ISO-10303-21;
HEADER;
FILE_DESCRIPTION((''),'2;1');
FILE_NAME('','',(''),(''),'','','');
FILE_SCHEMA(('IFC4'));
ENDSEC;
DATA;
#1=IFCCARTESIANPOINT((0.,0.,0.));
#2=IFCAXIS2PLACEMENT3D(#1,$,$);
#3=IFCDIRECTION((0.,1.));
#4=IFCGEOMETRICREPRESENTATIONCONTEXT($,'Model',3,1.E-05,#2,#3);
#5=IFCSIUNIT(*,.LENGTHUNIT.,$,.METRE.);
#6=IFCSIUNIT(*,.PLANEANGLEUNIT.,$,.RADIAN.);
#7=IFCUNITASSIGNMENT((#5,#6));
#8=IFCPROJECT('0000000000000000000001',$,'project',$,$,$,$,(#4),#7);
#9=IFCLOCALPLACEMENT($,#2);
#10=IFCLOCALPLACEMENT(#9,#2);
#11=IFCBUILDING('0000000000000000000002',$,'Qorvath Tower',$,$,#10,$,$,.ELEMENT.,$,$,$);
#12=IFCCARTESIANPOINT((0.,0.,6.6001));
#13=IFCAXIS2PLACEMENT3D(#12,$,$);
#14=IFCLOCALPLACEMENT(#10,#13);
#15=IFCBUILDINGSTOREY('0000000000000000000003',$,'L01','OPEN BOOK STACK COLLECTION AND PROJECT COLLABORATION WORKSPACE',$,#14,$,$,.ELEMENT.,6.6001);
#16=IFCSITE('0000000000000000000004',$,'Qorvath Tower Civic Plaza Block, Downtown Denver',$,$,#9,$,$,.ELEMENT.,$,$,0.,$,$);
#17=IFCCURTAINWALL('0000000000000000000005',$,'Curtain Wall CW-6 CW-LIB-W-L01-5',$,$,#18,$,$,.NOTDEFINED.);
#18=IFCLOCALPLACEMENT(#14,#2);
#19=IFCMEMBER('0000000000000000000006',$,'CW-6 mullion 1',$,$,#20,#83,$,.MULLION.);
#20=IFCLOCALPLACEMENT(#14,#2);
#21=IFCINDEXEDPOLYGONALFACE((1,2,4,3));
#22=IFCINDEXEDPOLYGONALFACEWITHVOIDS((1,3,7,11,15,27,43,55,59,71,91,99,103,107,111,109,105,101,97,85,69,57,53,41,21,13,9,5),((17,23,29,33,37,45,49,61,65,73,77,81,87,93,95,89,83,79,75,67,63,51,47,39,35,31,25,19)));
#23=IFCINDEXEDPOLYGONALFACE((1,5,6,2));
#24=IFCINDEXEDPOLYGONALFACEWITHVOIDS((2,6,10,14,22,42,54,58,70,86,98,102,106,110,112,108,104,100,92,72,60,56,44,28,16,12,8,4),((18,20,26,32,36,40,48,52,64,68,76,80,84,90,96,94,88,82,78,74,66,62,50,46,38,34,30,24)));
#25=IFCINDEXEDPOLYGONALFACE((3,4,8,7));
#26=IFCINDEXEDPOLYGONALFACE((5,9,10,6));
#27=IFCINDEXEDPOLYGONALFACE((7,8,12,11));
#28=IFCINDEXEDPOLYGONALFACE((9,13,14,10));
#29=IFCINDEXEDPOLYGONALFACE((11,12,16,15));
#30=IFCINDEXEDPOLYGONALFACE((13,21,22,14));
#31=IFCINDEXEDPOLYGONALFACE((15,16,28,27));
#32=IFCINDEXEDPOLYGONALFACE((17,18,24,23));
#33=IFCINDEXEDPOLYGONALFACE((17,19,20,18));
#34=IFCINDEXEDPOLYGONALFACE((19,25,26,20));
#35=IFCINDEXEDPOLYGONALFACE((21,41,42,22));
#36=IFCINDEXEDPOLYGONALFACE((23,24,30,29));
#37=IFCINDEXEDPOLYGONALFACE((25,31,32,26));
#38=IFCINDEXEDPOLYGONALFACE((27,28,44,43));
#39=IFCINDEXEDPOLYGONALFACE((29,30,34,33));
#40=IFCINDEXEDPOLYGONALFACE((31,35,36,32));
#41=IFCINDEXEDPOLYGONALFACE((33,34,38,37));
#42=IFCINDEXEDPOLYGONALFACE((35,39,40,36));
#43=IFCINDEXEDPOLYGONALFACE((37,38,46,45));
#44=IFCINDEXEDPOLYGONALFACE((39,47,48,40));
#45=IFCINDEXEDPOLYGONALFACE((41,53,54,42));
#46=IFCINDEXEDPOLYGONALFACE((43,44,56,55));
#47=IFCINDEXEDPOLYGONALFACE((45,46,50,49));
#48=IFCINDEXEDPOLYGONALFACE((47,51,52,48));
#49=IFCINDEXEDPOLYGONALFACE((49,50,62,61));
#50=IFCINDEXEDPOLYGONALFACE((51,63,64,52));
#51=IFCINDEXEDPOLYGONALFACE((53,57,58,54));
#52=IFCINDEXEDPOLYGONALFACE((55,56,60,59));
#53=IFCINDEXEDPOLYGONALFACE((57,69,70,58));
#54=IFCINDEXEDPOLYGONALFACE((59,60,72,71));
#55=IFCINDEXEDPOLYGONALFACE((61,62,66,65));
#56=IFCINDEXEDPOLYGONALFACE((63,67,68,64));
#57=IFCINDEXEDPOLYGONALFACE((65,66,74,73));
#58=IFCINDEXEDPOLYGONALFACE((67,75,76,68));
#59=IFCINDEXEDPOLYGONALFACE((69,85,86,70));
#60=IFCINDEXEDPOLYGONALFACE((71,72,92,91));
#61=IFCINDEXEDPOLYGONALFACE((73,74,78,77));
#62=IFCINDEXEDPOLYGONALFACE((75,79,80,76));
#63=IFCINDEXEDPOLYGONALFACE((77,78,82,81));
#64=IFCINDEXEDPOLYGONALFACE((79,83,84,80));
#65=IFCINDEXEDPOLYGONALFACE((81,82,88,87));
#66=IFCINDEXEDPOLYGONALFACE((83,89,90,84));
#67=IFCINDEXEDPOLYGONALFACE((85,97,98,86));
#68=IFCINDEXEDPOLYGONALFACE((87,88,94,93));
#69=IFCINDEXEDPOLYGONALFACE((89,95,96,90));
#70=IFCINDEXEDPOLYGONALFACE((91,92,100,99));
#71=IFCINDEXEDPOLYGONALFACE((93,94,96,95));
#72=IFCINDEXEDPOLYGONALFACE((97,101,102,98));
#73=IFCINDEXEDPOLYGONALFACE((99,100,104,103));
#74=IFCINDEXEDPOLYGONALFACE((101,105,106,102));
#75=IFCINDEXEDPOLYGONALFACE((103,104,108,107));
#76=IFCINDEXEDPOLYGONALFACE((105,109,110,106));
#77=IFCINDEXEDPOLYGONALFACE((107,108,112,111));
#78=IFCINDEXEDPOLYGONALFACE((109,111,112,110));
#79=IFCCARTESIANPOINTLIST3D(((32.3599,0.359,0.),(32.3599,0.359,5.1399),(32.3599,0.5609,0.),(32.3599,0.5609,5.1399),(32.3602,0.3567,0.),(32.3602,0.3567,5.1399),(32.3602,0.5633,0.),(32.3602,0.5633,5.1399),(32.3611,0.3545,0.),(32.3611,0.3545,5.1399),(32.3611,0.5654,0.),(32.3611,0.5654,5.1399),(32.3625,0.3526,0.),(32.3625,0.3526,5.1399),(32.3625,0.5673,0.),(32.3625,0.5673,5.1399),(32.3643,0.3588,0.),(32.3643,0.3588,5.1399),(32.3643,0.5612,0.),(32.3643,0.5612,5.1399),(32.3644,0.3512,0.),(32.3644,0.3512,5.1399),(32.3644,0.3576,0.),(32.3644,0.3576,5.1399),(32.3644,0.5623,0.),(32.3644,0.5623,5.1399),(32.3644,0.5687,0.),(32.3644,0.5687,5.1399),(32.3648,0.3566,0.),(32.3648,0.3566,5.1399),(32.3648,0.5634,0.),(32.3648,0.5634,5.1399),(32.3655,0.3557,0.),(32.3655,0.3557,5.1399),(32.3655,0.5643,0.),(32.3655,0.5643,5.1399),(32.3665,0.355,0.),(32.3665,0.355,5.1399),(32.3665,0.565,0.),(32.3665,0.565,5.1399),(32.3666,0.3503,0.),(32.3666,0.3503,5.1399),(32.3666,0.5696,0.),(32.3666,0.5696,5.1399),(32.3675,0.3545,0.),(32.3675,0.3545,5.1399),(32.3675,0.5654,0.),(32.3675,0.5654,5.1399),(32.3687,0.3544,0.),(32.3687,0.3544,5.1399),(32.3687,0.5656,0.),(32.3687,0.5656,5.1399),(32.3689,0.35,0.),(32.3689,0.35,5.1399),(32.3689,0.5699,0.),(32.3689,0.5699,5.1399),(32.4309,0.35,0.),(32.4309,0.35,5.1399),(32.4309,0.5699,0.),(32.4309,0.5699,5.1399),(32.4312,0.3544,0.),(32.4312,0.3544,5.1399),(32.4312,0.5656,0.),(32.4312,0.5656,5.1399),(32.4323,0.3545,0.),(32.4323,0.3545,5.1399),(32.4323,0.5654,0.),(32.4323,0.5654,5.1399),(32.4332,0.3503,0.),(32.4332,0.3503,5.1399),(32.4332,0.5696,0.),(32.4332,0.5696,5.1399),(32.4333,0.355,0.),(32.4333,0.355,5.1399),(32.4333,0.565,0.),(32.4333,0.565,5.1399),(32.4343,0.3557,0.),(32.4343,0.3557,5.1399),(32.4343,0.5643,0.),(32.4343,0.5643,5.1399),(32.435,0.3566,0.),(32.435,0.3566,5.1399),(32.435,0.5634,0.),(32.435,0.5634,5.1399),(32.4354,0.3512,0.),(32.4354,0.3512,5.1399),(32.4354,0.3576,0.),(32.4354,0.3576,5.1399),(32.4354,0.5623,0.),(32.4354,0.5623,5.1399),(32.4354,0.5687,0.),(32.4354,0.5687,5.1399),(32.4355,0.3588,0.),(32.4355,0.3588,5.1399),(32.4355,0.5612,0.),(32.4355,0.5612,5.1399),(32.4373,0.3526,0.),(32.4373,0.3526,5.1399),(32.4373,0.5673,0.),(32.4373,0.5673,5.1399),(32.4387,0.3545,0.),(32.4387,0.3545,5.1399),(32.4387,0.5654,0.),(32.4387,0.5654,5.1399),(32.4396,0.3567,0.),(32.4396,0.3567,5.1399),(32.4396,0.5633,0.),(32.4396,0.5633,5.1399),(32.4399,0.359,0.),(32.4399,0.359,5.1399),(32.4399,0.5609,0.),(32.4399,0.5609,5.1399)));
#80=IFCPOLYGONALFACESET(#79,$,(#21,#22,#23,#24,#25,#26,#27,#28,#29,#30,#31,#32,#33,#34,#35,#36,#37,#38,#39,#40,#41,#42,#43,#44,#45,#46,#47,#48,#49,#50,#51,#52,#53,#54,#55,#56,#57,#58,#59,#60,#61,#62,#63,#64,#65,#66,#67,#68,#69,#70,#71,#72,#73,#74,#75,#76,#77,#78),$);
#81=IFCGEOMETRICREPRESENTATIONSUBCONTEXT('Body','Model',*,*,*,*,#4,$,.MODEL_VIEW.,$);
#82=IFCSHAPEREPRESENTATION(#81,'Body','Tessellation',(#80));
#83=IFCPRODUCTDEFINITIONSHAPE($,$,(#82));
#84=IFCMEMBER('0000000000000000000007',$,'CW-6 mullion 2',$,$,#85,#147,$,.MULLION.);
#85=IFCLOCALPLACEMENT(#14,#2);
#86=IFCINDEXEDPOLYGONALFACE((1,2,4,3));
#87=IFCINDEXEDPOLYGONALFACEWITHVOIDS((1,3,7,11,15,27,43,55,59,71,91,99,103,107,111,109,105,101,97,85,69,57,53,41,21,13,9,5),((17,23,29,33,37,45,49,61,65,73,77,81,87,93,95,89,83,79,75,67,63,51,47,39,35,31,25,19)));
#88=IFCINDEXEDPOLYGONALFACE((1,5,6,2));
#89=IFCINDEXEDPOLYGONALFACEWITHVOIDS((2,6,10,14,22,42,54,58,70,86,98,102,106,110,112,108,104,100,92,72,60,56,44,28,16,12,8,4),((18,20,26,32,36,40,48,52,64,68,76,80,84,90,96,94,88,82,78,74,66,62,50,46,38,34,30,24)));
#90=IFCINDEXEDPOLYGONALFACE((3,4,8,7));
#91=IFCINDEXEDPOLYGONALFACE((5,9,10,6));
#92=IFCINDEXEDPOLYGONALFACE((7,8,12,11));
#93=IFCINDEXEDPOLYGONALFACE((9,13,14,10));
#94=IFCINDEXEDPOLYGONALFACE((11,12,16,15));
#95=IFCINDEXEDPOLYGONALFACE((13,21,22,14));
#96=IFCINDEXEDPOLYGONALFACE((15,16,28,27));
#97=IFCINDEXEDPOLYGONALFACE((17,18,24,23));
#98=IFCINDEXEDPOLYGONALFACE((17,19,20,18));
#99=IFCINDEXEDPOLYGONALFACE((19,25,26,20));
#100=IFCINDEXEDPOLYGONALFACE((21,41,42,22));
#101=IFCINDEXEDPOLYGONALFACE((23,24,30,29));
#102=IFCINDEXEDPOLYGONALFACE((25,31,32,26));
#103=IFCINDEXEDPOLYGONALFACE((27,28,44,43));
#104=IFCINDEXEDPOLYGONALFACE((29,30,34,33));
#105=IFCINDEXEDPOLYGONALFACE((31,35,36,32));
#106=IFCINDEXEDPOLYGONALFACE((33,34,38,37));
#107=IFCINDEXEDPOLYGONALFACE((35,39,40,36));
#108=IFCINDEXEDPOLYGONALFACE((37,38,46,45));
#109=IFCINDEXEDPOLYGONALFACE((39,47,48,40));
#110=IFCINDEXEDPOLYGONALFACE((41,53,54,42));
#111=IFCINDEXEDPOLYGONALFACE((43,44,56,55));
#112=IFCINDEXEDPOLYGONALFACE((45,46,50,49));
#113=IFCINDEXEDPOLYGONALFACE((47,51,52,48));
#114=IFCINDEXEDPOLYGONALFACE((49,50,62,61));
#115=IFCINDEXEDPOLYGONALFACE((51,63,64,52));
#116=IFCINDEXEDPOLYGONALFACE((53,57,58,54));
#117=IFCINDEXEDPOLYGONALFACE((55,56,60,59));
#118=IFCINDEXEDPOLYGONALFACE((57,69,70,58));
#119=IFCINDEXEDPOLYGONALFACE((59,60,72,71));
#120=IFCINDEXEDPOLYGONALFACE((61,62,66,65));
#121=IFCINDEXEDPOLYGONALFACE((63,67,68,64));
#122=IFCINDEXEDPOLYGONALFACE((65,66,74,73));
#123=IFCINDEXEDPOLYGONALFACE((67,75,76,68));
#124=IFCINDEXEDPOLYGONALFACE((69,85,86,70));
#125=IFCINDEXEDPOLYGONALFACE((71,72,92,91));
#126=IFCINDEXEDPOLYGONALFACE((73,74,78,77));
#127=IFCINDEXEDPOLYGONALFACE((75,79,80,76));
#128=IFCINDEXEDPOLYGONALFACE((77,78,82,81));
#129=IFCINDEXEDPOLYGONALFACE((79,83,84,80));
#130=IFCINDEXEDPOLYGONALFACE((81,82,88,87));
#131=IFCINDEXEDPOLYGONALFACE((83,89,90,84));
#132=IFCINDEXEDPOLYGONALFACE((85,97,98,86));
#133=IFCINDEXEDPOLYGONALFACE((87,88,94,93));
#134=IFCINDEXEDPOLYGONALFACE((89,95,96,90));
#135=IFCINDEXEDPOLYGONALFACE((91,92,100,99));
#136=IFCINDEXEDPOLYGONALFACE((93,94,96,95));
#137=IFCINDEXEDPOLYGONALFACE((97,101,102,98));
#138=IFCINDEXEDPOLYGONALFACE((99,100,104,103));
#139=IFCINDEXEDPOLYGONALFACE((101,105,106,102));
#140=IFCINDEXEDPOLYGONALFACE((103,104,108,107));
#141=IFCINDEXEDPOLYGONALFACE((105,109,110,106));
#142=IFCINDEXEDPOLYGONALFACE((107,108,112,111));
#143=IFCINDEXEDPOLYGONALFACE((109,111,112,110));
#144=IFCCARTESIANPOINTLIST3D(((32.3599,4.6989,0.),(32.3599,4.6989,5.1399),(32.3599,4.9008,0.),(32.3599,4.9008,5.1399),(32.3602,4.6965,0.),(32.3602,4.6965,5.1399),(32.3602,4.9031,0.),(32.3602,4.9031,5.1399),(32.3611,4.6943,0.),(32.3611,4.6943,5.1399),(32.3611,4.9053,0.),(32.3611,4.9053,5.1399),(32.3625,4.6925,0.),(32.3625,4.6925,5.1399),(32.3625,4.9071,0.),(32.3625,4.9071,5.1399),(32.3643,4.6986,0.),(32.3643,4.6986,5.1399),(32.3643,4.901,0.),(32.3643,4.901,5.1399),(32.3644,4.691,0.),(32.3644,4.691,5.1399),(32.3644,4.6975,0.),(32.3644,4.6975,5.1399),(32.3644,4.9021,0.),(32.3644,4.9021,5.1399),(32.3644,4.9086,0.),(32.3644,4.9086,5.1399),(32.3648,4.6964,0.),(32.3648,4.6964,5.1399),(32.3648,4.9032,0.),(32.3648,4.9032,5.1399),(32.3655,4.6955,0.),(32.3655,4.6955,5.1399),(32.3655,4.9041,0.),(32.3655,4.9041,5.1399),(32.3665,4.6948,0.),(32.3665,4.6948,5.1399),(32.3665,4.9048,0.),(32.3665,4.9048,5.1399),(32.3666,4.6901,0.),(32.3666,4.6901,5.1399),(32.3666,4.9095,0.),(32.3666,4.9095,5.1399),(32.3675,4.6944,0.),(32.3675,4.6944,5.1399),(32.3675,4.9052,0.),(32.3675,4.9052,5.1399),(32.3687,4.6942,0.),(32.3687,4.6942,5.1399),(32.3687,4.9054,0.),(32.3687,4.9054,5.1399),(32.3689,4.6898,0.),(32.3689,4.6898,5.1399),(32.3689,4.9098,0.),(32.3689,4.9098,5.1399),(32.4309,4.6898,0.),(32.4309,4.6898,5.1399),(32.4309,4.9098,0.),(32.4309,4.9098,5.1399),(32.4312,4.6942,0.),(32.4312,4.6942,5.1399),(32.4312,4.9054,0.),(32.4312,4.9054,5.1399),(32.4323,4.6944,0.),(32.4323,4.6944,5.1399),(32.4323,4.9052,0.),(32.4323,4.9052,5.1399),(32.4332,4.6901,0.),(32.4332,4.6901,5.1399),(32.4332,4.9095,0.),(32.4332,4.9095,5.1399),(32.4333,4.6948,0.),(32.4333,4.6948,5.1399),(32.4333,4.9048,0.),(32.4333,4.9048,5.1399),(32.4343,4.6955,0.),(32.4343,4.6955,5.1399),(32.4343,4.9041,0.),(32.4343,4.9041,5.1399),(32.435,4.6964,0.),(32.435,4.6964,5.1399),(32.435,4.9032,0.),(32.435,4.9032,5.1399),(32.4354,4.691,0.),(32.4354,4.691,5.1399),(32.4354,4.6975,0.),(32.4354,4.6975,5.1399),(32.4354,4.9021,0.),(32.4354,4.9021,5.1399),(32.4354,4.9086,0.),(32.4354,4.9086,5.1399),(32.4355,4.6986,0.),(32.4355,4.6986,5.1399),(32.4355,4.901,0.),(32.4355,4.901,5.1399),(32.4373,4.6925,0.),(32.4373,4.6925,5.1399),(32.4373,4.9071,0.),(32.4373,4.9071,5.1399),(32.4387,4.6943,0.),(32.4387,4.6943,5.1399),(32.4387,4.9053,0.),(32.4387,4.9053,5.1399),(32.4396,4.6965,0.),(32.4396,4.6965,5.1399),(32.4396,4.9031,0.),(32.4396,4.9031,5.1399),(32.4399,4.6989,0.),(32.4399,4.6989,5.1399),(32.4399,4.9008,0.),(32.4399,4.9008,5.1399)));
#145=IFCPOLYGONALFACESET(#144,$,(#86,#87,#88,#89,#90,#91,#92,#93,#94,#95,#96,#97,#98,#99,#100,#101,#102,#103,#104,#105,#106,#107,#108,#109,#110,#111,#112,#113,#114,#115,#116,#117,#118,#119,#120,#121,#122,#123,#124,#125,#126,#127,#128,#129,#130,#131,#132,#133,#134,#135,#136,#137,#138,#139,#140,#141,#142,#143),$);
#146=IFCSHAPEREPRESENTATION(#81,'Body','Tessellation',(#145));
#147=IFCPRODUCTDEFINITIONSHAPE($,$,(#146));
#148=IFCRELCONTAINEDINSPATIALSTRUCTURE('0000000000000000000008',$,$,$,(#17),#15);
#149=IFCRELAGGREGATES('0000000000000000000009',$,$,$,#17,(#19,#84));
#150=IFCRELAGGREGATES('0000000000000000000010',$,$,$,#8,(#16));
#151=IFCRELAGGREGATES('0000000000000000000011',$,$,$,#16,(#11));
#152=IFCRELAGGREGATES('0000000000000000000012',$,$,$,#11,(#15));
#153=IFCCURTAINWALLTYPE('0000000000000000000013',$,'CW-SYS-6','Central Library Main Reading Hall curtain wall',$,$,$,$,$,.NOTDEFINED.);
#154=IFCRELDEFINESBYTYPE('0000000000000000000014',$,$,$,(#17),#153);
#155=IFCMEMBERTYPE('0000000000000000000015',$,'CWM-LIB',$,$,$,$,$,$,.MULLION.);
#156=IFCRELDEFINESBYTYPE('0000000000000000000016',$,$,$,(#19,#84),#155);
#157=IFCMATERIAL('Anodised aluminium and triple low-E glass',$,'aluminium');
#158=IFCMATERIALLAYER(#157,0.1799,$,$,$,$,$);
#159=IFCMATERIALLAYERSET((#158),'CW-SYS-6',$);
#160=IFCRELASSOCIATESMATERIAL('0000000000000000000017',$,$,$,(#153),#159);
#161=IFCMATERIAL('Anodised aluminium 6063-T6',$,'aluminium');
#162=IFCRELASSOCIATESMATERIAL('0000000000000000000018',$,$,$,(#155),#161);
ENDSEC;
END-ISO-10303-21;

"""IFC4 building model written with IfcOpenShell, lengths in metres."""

from ifc_helpers import new_model, si_unit, direction, frame, origin, origin_2d, place, context, subcontext, project, spatial, hollow_rectangle, extrude, material, layer, layer_set, material_profile, profile_set, type_object, element, aggregate, save


model = new_model("IFC4")

# Units and contexts
model_context = context("Model", 3, precision=1e-05, world=origin(), true_north=direction((0.0, 1.0)))
body_context = subcontext(model_context, "Body", "Model", "MODEL_VIEW")
ifc_project = project(units=[si_unit("LENGTHUNIT", "METRE"), si_unit("PLANEANGLEUNIT", "RADIAN")], contexts=[model_context])

# Site, building, storey
site_placement = place(None, origin())
site = spatial("IfcSite", under=ifc_project, at=site_placement, Name="Qorvath Tower Civic Plaza Block, Downtown Denver", CompositionType="ELEMENT", RefElevation=0.0)
building_placement = place(site_placement, origin())
building = spatial("IfcBuilding", under=site, at=building_placement, Name="Qorvath Tower", CompositionType="ELEMENT")
storey_placement = place(building_placement, frame((0.0, 0.0, 6.6001)))
storey = spatial("IfcBuildingStorey", under=building, at=storey_placement, Name="L01", Description="OPEN BOOK STACK COLLECTION AND PROJECT COLLABORATION WORKSPACE", CompositionType="ELEMENT", Elevation=6.6001)

# Curtain wall, members
ifc_material_1 = material(Name="Anodised aluminium and triple low-E glass", Category="aluminium")
ifc_layer_1 = layer(ifc_material_1, 0.1799)
ifc_layer_set_1 = layer_set([ifc_layer_1], Name="CW-SYS-6")
curtain_wall_type = type_object("IfcCurtainWallType", Name="CW-SYS-6", Description="Central Library Main Reading Hall curtain wall", PredefinedType="NOTDEFINED", material=ifc_layer_set_1)
curtain_wall_1_placement = place(storey_placement, origin())
curtain_wall_1 = element("IfcCurtainWall", 1, at=curtain_wall_1_placement, inside=storey, type_object=curtain_wall_type, Name="Curtain Wall CW-6 CW-LIB-W-L01-5", PredefinedType="NOTDEFINED")
ifc_material_2 = material(Name="Anodised aluminium 6063-T6", Category="aluminium")
ifc_material_profile_1 = material_profile(ifc_material_2, hollow_rectangle(XDim=0.0801, YDim=0.22, WallThickness=0.0044, InnerFilletRadius=0.0044, OuterFilletRadius=0.009, at=origin_2d()), Name="CWM LIB 220x80")
ifc_profile_set_1 = profile_set([ifc_material_profile_1], Name="Anodised aluminium 6063-T6")
member_type_1 = type_object("IfcMemberType", Name="CWM-LIB", PredefinedType="MULLION", material=ifc_profile_set_1)
member_1_placement = place(storey_placement, frame((32.3999, 0.46, 0.0), z_axis=(0.0, 0.0, 1.0), x_axis=(-1.0, 0.0, 0.0)))
member_1 = element("IfcMember", 2, at=member_1_placement, type_object=member_type_1, Name="CW-6 mullion 1", PredefinedType="MULLION", context=body_context, shape_type="SweptSolid", body=[
    extrude(hollow_rectangle(XDim=0.0801, YDim=0.22, WallThickness=0.0044, InnerFilletRadius=0.0044, OuterFilletRadius=0.009, at=origin_2d()), origin(), (0.0, 0.0, 1.0), 5.1399),
])
member_2_placement = place(storey_placement, frame((32.3999, 4.7998, 0.0), z_axis=(0.0, 0.0, 1.0), x_axis=(-1.0, 0.0, 0.0)))
member_2 = element("IfcMember", 3, at=member_2_placement, type_object=member_type_1, Name="CW-6 mullion 2", PredefinedType="MULLION", context=body_context, shape_type="SweptSolid", body=[
    extrude(hollow_rectangle(XDim=0.0801, YDim=0.22, WallThickness=0.0044, InnerFilletRadius=0.0044, OuterFilletRadius=0.009, at=origin_2d()), origin(), (0.0, 0.0, 1.0), 5.1399),
])

aggregate(curtain_wall_1, [member_1, member_2])

save(model, "model.ifc")
